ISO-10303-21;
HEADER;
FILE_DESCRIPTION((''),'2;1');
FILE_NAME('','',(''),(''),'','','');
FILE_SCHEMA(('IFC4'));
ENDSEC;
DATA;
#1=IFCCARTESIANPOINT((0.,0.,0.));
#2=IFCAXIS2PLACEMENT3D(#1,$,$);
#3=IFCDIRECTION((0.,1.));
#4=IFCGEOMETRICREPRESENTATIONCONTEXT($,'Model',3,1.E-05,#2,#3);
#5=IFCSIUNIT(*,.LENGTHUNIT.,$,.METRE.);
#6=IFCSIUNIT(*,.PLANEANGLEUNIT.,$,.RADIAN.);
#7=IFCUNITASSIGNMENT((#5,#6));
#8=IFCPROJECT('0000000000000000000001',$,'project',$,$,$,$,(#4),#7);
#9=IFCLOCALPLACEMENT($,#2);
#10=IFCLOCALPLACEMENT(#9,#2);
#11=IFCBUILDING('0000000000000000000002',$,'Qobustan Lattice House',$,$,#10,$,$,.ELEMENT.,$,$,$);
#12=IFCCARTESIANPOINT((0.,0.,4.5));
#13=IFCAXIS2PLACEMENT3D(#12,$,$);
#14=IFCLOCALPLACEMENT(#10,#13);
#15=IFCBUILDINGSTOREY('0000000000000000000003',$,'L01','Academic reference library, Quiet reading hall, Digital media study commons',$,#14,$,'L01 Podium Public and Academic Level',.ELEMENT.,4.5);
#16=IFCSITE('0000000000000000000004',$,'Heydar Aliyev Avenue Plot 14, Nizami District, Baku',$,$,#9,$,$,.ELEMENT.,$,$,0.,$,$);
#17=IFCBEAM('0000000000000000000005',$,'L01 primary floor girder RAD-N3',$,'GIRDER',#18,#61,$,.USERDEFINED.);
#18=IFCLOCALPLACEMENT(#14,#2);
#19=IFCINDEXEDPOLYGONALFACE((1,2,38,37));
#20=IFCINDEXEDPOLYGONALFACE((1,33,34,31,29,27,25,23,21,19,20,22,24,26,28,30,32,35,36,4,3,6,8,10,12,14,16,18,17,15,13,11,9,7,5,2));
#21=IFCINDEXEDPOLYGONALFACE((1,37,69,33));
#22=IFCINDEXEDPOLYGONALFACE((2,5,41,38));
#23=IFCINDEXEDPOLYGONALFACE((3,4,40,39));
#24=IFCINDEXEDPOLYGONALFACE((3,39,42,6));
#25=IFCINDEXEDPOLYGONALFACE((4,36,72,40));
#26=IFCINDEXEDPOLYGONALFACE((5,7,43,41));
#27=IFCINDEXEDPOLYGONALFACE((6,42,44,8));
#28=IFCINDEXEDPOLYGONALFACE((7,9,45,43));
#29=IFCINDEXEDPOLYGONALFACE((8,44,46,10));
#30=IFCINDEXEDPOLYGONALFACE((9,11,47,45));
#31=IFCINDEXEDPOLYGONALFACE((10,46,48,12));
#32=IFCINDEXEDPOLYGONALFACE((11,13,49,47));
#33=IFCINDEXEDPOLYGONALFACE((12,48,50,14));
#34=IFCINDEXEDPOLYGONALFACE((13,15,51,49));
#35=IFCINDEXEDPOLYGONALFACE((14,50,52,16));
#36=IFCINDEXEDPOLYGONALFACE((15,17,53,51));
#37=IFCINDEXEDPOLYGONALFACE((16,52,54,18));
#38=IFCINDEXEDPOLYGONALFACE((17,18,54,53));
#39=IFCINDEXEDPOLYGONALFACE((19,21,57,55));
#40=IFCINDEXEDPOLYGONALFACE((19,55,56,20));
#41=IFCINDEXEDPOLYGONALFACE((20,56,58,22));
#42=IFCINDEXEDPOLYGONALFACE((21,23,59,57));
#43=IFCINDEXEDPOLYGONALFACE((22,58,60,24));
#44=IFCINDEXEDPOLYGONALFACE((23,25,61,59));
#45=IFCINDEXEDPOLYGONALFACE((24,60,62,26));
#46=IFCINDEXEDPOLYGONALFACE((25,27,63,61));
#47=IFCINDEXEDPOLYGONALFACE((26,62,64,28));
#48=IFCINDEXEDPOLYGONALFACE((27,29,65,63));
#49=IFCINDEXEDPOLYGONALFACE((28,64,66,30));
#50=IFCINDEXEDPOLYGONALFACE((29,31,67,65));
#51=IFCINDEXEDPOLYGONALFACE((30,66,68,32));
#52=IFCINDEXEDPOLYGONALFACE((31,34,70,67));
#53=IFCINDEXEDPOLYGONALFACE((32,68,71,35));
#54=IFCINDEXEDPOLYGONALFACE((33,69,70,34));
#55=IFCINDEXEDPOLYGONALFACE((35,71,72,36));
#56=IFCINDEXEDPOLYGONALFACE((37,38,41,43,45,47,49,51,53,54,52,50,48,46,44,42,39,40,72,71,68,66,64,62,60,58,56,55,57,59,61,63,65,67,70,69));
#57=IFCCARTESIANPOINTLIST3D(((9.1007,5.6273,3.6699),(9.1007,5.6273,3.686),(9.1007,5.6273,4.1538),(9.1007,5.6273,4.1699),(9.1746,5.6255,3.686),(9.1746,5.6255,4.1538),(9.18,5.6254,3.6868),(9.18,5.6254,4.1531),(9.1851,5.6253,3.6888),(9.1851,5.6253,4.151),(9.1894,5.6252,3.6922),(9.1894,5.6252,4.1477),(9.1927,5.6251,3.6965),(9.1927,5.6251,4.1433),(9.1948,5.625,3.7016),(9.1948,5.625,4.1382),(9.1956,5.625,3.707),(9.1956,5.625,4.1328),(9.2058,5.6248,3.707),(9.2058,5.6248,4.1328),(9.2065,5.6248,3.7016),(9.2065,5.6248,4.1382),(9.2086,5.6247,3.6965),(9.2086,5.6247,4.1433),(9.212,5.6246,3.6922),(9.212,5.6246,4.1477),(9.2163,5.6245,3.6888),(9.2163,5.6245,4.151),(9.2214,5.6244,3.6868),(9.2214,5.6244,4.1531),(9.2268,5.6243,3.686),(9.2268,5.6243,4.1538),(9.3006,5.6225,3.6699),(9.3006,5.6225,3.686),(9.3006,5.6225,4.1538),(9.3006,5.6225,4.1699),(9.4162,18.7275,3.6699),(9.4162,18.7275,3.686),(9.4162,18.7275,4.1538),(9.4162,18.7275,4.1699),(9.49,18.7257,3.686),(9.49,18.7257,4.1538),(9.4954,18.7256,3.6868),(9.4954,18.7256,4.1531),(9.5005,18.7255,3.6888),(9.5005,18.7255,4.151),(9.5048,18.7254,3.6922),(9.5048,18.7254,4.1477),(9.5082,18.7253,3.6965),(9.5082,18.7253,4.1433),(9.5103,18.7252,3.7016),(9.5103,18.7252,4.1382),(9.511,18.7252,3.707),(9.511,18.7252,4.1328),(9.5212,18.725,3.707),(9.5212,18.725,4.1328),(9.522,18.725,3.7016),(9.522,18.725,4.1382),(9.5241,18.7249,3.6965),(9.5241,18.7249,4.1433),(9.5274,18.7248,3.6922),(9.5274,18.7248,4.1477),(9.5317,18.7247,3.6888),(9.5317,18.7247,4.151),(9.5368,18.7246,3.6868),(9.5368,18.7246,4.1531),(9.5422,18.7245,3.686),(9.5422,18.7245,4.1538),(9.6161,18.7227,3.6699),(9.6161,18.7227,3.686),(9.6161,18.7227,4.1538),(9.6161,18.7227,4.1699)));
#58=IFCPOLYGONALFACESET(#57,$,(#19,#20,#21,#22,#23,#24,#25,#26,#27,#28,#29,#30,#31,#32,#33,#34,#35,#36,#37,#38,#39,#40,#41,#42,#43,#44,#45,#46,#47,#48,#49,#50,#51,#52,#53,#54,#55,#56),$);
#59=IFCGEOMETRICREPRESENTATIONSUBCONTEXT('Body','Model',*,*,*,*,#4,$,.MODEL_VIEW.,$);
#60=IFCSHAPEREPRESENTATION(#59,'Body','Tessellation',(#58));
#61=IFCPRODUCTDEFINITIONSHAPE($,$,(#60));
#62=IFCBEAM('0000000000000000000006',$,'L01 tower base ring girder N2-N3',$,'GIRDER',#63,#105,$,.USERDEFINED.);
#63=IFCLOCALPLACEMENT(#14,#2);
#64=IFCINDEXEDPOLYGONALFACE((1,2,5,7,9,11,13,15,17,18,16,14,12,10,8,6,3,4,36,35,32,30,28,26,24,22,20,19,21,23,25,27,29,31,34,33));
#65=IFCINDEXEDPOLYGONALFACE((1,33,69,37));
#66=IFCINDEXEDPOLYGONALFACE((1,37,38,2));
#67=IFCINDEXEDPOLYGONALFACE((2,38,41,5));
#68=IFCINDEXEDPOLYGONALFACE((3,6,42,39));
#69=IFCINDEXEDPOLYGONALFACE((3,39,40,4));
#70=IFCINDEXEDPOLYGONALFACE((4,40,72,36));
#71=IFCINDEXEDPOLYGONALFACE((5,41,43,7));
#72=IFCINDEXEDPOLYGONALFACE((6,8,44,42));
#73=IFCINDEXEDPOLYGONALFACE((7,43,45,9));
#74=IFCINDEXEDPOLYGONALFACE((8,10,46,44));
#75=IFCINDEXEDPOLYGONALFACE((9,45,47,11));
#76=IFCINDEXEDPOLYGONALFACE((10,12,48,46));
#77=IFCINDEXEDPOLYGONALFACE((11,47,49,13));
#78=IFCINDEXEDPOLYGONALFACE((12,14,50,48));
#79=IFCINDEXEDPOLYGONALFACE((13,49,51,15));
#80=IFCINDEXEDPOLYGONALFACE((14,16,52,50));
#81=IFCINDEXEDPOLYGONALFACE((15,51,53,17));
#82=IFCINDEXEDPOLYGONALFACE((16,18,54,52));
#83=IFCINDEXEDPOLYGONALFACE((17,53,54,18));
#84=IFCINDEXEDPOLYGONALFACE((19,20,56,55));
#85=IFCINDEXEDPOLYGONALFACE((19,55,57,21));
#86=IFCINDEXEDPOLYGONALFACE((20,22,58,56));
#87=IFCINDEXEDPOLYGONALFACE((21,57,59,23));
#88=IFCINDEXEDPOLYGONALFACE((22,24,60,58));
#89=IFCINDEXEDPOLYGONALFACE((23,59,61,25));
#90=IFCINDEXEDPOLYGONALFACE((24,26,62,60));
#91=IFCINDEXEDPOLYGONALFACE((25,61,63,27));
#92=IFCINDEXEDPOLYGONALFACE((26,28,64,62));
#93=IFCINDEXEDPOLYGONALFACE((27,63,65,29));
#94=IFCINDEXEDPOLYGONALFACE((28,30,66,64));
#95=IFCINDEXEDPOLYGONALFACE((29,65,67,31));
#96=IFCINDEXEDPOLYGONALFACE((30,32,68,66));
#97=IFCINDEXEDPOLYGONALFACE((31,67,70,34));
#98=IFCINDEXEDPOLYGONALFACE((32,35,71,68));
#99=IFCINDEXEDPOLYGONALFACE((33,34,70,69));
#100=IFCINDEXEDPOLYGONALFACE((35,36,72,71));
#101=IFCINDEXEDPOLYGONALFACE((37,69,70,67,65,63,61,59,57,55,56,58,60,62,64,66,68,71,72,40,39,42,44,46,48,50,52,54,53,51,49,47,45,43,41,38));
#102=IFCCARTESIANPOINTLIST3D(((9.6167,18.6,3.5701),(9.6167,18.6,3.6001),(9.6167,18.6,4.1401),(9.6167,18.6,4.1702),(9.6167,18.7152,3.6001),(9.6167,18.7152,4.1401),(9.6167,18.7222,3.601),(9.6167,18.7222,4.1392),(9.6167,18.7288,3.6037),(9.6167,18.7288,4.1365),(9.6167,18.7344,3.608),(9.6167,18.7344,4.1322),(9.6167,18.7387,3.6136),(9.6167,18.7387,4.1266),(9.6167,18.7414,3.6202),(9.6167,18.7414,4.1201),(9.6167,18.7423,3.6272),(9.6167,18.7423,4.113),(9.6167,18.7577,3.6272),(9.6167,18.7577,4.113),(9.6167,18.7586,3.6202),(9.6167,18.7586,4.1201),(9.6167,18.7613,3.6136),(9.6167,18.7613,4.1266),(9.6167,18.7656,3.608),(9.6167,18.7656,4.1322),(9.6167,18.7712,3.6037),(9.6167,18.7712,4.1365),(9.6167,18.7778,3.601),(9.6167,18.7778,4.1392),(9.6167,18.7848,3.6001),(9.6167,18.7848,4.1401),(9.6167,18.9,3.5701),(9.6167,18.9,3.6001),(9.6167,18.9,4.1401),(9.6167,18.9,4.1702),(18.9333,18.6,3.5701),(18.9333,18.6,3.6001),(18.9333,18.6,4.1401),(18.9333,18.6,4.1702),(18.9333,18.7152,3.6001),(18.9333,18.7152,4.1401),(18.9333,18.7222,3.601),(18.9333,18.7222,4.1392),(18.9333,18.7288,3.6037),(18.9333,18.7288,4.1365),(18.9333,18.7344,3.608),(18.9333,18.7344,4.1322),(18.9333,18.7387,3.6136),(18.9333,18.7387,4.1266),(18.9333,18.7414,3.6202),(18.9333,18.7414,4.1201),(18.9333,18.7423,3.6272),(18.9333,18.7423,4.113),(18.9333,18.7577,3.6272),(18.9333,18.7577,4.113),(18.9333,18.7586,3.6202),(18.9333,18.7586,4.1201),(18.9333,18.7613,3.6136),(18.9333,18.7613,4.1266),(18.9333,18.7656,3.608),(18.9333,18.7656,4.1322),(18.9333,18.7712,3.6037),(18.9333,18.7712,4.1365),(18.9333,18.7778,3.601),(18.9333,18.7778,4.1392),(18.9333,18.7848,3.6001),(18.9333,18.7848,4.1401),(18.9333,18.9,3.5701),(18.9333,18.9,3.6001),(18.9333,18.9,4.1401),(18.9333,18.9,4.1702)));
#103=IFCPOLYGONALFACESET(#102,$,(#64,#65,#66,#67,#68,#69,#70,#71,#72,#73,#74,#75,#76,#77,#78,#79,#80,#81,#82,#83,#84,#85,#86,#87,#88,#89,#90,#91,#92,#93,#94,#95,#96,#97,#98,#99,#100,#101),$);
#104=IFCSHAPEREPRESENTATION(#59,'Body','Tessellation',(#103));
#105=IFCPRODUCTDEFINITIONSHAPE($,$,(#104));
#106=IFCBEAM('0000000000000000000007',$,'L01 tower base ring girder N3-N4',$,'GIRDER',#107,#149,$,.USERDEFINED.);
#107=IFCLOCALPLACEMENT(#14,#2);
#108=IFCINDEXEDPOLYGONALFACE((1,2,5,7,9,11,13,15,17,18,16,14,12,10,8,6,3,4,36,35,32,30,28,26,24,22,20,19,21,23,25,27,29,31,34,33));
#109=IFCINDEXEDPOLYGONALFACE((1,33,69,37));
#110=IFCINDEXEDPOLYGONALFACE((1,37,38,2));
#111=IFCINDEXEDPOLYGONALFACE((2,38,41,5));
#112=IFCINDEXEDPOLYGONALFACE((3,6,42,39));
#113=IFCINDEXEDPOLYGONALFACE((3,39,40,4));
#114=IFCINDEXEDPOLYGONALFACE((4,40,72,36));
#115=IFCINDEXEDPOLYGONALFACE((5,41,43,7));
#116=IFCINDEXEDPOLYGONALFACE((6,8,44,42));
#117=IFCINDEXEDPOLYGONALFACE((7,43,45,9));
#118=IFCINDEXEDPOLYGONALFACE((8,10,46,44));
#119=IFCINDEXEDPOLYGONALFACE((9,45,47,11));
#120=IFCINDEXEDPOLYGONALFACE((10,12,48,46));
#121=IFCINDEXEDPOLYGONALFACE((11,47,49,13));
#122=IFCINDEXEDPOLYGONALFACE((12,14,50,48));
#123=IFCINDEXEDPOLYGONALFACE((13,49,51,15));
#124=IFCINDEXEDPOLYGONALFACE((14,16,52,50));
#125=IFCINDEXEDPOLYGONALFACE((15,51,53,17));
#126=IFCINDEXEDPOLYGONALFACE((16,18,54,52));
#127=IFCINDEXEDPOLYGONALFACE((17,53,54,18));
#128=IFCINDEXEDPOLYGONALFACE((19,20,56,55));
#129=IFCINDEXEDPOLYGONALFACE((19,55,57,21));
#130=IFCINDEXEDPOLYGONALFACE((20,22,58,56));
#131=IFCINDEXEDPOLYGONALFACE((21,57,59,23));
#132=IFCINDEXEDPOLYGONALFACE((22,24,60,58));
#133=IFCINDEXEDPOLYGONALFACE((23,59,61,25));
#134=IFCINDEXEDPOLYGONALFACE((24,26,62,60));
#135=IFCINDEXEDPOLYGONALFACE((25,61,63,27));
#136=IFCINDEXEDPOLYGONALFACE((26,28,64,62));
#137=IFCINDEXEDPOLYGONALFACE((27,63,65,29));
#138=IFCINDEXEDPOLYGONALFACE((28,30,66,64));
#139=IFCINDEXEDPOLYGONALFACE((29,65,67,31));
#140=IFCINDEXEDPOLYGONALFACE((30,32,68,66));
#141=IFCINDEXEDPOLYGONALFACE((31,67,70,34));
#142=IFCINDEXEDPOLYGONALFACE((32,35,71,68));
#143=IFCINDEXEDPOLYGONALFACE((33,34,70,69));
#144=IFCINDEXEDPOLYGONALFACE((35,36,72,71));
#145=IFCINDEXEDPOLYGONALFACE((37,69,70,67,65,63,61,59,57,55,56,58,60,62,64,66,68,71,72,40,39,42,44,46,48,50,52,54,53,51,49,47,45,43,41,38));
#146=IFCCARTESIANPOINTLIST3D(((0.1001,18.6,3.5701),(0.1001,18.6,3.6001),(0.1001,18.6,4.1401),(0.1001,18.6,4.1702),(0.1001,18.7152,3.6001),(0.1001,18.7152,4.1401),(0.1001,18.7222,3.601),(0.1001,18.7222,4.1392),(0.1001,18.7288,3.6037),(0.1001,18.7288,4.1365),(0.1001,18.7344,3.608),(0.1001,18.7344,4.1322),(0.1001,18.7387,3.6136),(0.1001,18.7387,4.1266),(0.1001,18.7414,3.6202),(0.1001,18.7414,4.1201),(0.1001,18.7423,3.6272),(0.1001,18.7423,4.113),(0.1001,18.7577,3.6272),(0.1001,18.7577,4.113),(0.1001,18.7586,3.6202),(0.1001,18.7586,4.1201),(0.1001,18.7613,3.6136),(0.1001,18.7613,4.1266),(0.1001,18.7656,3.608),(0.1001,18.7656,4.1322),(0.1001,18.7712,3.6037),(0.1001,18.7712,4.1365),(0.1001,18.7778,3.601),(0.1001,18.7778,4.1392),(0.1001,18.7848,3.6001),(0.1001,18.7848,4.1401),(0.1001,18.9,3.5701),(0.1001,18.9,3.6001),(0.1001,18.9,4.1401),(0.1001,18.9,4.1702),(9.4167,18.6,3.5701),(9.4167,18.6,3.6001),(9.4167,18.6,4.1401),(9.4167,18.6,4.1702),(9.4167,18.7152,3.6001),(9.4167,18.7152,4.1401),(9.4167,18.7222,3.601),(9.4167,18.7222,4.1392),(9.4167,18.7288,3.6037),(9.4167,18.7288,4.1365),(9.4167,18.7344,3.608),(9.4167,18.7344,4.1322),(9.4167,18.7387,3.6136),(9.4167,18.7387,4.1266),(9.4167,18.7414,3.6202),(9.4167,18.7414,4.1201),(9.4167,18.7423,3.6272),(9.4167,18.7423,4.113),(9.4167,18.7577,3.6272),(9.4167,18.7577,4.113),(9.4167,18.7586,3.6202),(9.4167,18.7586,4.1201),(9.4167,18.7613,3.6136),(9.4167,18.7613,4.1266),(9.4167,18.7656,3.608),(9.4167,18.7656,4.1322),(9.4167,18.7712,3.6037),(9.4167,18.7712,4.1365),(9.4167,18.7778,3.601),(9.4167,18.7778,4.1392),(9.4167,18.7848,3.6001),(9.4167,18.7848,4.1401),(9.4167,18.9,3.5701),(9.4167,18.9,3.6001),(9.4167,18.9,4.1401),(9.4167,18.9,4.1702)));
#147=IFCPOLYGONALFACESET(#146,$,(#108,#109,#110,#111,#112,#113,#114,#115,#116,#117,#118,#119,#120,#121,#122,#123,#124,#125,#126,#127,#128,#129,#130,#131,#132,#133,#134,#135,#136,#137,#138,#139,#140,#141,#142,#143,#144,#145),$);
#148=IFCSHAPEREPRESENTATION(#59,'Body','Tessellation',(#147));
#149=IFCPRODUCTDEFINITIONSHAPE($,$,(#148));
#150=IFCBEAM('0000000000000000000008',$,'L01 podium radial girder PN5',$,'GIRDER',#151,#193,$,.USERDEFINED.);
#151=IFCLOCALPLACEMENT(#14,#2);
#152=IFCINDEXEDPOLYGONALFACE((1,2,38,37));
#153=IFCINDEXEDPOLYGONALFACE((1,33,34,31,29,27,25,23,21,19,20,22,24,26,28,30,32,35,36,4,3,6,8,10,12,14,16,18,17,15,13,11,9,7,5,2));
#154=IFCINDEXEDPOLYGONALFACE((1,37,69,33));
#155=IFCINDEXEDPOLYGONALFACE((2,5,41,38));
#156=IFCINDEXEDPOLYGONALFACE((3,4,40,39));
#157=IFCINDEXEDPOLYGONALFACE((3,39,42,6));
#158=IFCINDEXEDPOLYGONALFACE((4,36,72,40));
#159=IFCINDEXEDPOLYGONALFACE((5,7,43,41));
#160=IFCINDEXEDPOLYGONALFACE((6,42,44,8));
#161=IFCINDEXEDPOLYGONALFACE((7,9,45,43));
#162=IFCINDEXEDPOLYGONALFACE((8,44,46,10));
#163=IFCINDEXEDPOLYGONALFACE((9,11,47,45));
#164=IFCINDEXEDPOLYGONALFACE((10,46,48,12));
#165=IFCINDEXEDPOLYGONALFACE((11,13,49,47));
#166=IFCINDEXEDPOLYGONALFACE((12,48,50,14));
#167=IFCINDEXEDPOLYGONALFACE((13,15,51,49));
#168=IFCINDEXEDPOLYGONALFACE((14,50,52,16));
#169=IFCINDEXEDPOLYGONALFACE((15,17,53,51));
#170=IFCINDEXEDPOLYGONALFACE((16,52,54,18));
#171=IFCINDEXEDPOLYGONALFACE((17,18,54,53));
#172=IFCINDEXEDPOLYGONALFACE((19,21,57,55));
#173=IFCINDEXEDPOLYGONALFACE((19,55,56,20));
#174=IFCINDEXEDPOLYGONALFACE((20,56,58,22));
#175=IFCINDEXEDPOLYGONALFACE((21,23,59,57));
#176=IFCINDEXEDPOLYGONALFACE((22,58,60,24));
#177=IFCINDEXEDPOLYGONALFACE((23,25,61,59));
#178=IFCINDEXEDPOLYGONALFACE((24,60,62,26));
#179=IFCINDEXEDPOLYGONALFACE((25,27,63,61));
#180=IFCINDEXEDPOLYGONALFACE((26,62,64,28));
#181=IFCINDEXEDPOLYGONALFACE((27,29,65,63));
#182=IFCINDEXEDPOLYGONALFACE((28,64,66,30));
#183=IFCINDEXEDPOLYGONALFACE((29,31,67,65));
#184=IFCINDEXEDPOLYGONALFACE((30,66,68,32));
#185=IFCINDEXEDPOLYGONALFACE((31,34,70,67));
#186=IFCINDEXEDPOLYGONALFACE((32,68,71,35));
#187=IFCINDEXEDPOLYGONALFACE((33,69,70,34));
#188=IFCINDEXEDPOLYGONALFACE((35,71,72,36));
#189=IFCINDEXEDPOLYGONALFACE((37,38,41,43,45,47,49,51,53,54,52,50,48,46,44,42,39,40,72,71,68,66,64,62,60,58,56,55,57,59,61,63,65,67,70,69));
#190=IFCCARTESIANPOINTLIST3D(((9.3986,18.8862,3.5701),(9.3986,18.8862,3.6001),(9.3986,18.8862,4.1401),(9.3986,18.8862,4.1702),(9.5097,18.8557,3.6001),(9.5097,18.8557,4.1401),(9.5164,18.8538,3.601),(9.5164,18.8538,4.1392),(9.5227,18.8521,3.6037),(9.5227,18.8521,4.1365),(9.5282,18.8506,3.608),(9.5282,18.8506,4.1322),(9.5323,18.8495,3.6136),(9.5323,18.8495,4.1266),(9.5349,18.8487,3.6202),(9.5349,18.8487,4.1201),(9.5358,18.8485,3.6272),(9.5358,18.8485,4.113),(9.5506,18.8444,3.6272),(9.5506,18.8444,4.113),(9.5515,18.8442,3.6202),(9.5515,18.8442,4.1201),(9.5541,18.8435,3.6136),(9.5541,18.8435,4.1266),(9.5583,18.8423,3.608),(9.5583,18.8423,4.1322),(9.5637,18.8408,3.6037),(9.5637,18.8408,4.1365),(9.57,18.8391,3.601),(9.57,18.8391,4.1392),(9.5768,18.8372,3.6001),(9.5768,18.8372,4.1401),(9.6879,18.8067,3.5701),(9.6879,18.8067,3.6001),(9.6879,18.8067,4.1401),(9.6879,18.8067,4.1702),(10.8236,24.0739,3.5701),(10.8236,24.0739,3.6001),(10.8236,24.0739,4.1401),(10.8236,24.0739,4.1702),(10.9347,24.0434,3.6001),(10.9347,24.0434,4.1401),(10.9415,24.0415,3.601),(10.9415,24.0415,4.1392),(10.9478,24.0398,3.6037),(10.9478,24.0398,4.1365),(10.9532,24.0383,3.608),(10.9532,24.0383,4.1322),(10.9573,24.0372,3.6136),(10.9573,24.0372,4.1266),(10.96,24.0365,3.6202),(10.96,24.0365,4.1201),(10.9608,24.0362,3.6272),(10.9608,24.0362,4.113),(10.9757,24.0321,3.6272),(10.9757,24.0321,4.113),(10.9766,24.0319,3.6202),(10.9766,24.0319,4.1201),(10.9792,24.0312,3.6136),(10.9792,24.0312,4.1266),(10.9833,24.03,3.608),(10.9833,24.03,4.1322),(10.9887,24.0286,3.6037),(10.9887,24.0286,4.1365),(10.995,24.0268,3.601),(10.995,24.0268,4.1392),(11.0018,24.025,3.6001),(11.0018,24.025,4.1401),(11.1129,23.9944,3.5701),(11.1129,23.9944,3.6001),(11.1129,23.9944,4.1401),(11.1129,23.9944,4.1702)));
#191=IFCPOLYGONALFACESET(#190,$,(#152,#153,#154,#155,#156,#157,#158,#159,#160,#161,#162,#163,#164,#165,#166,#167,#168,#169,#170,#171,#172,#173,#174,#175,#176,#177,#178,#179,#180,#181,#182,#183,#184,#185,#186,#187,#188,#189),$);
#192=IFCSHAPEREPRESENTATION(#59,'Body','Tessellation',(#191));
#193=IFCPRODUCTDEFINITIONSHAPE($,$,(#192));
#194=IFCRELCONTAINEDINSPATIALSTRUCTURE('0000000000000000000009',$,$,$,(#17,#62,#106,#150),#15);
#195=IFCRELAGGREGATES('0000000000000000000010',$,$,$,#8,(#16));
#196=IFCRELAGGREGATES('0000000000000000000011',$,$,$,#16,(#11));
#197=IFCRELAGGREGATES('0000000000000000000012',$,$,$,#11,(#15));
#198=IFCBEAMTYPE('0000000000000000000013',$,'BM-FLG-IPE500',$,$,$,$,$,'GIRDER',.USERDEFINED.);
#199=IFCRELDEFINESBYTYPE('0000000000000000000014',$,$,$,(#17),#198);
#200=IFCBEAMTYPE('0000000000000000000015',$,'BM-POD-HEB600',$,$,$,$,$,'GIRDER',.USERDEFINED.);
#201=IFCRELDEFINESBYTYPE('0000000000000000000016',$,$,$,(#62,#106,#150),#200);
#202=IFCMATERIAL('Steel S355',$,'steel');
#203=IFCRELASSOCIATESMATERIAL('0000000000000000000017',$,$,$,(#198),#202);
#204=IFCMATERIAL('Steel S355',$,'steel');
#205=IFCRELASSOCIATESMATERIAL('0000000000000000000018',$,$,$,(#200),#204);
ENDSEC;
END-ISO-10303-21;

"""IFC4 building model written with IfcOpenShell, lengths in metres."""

from ifc_helpers import new_model, si_unit, direction, frame, origin, origin_2d, place, context, subcontext, project, spatial, i_section, extrude, material, material_profile, profile_set, type_object, element, save


model = new_model("IFC4")

# Units and contexts
model_context = context("Model", 3, precision=1e-05, world=origin(), true_north=direction((0.0, 1.0)))
body_context = subcontext(model_context, "Body", "Model", "MODEL_VIEW")
ifc_project = project(units=[si_unit("LENGTHUNIT", "METRE"), si_unit("PLANEANGLEUNIT", "RADIAN")], contexts=[model_context])

# Site, building, storey
site_placement = place(None, origin())
site = spatial("IfcSite", under=ifc_project, at=site_placement, Name="Heydar Aliyev Avenue Plot 14, Nizami District, Baku", CompositionType="ELEMENT", RefElevation=0.0)
building_placement = place(site_placement, origin())
building = spatial("IfcBuilding", under=site, at=building_placement, Name="Qobustan Lattice House", CompositionType="ELEMENT")
storey_placement = place(building_placement, frame((0.0, 0.0, 4.5)))
storey = spatial("IfcBuildingStorey", under=building, at=storey_placement, Name="L01", Description="Academic reference library, Quiet reading hall, Digital media study commons", LongName="L01 Podium Public and Academic Level", CompositionType="ELEMENT", Elevation=4.5)

# Beams
ifc_material_1 = material(Name="Steel S355", Category="steel")
ifc_material_profile_1 = material_profile(ifc_material_1, i_section(OverallWidth=0.2, OverallDepth=0.5, WebThickness=0.0103, FlangeThickness=0.0161, FilletRadius=0.021, at=origin_2d()), Name="IPE500")
ifc_profile_set_1 = profile_set([ifc_material_profile_1], Name="Steel S355")
beam_type_1 = type_object("IfcBeamType", Name="BM-FLG-IPE500", ElementType="GIRDER", PredefinedType="USERDEFINED", material=ifc_profile_set_1)
beam_1_placement = place(storey_placement, frame((9.5161, 18.7251, 3.9199), z_axis=(-0.024071, -0.99971, 0.0), x_axis=(0.99971, -0.024071, 0.0)))
element("IfcBeam", 1, at=beam_1_placement, inside=storey, type_object=beam_type_1, Name="L01 primary floor girder RAD-N3", ObjectType="GIRDER", PredefinedType="USERDEFINED", context=body_context, shape_type="SweptSolid", body=[
    extrude(i_section(OverallWidth=0.2, OverallDepth=0.5, WebThickness=0.0103, FlangeThickness=0.0161, FilletRadius=0.021, at=origin_2d()), origin(), (0.0, 0.0, 1.0), 13.104),
])
ifc_material_2 = material(Name="Steel S355", Category="steel")
ifc_material_profile_2 = material_profile(ifc_material_2, i_section(OverallWidth=0.3, OverallDepth=0.6001, WebThickness=0.0154, FlangeThickness=0.03, FilletRadius=0.0271, at=origin_2d()), Name="HEB600")
ifc_profile_set_2 = profile_set([ifc_material_profile_2], Name="Steel S355")
beam_type_2 = type_object("IfcBeamType", Name="BM-POD-HEB600", ElementType="GIRDER", PredefinedType="USERDEFINED", material=ifc_profile_set_2)
for number, where, z_axis, x_axis, name in (
    (2, (18.9333, 18.75, 3.8701), (-1.0, 0.0, 0.0), (0.0, -1.0, 0.0), "L01 tower base ring girder N2-N3"),
    (3, (9.4167, 18.75, 3.8701), (-1.0, 0.0, 0.0), (0.0, -1.0, 0.0), "L01 tower base ring girder N3-N4"),
):
    element("IfcBeam", number, at=place(storey_placement, frame(where, z_axis=z_axis, x_axis=x_axis)), inside=storey, type_object=beam_type_2, Name=name, ObjectType="GIRDER", PredefinedType="USERDEFINED", context=body_context, shape_type="SweptSolid", body=[
        extrude(i_section(OverallWidth=0.3, OverallDepth=0.6001, WebThickness=0.0154, FlangeThickness=0.03, FilletRadius=0.0271, at=origin_2d()), origin(), (0.0, 0.0, 1.0), 9.3167),
    ])
beam_2_placement = place(storey_placement, frame((10.9683, 24.0342, 3.8701), z_axis=(-0.264883, -0.96428, 0.0), x_axis=(0.96428, -0.264883, 0.0)))
element("IfcBeam", 4, at=beam_2_placement, inside=storey, type_object=beam_type_2, Name="L01 podium radial girder PN5", ObjectType="GIRDER", PredefinedType="USERDEFINED", context=body_context, shape_type="SweptSolid", body=[
    extrude(i_section(OverallWidth=0.3, OverallDepth=0.6001, WebThickness=0.0154, FlangeThickness=0.03, FilletRadius=0.0271, at=origin_2d()), origin(), (0.0, 0.0, 1.0), 5.3799),
])

save(model, "model.ifc")
